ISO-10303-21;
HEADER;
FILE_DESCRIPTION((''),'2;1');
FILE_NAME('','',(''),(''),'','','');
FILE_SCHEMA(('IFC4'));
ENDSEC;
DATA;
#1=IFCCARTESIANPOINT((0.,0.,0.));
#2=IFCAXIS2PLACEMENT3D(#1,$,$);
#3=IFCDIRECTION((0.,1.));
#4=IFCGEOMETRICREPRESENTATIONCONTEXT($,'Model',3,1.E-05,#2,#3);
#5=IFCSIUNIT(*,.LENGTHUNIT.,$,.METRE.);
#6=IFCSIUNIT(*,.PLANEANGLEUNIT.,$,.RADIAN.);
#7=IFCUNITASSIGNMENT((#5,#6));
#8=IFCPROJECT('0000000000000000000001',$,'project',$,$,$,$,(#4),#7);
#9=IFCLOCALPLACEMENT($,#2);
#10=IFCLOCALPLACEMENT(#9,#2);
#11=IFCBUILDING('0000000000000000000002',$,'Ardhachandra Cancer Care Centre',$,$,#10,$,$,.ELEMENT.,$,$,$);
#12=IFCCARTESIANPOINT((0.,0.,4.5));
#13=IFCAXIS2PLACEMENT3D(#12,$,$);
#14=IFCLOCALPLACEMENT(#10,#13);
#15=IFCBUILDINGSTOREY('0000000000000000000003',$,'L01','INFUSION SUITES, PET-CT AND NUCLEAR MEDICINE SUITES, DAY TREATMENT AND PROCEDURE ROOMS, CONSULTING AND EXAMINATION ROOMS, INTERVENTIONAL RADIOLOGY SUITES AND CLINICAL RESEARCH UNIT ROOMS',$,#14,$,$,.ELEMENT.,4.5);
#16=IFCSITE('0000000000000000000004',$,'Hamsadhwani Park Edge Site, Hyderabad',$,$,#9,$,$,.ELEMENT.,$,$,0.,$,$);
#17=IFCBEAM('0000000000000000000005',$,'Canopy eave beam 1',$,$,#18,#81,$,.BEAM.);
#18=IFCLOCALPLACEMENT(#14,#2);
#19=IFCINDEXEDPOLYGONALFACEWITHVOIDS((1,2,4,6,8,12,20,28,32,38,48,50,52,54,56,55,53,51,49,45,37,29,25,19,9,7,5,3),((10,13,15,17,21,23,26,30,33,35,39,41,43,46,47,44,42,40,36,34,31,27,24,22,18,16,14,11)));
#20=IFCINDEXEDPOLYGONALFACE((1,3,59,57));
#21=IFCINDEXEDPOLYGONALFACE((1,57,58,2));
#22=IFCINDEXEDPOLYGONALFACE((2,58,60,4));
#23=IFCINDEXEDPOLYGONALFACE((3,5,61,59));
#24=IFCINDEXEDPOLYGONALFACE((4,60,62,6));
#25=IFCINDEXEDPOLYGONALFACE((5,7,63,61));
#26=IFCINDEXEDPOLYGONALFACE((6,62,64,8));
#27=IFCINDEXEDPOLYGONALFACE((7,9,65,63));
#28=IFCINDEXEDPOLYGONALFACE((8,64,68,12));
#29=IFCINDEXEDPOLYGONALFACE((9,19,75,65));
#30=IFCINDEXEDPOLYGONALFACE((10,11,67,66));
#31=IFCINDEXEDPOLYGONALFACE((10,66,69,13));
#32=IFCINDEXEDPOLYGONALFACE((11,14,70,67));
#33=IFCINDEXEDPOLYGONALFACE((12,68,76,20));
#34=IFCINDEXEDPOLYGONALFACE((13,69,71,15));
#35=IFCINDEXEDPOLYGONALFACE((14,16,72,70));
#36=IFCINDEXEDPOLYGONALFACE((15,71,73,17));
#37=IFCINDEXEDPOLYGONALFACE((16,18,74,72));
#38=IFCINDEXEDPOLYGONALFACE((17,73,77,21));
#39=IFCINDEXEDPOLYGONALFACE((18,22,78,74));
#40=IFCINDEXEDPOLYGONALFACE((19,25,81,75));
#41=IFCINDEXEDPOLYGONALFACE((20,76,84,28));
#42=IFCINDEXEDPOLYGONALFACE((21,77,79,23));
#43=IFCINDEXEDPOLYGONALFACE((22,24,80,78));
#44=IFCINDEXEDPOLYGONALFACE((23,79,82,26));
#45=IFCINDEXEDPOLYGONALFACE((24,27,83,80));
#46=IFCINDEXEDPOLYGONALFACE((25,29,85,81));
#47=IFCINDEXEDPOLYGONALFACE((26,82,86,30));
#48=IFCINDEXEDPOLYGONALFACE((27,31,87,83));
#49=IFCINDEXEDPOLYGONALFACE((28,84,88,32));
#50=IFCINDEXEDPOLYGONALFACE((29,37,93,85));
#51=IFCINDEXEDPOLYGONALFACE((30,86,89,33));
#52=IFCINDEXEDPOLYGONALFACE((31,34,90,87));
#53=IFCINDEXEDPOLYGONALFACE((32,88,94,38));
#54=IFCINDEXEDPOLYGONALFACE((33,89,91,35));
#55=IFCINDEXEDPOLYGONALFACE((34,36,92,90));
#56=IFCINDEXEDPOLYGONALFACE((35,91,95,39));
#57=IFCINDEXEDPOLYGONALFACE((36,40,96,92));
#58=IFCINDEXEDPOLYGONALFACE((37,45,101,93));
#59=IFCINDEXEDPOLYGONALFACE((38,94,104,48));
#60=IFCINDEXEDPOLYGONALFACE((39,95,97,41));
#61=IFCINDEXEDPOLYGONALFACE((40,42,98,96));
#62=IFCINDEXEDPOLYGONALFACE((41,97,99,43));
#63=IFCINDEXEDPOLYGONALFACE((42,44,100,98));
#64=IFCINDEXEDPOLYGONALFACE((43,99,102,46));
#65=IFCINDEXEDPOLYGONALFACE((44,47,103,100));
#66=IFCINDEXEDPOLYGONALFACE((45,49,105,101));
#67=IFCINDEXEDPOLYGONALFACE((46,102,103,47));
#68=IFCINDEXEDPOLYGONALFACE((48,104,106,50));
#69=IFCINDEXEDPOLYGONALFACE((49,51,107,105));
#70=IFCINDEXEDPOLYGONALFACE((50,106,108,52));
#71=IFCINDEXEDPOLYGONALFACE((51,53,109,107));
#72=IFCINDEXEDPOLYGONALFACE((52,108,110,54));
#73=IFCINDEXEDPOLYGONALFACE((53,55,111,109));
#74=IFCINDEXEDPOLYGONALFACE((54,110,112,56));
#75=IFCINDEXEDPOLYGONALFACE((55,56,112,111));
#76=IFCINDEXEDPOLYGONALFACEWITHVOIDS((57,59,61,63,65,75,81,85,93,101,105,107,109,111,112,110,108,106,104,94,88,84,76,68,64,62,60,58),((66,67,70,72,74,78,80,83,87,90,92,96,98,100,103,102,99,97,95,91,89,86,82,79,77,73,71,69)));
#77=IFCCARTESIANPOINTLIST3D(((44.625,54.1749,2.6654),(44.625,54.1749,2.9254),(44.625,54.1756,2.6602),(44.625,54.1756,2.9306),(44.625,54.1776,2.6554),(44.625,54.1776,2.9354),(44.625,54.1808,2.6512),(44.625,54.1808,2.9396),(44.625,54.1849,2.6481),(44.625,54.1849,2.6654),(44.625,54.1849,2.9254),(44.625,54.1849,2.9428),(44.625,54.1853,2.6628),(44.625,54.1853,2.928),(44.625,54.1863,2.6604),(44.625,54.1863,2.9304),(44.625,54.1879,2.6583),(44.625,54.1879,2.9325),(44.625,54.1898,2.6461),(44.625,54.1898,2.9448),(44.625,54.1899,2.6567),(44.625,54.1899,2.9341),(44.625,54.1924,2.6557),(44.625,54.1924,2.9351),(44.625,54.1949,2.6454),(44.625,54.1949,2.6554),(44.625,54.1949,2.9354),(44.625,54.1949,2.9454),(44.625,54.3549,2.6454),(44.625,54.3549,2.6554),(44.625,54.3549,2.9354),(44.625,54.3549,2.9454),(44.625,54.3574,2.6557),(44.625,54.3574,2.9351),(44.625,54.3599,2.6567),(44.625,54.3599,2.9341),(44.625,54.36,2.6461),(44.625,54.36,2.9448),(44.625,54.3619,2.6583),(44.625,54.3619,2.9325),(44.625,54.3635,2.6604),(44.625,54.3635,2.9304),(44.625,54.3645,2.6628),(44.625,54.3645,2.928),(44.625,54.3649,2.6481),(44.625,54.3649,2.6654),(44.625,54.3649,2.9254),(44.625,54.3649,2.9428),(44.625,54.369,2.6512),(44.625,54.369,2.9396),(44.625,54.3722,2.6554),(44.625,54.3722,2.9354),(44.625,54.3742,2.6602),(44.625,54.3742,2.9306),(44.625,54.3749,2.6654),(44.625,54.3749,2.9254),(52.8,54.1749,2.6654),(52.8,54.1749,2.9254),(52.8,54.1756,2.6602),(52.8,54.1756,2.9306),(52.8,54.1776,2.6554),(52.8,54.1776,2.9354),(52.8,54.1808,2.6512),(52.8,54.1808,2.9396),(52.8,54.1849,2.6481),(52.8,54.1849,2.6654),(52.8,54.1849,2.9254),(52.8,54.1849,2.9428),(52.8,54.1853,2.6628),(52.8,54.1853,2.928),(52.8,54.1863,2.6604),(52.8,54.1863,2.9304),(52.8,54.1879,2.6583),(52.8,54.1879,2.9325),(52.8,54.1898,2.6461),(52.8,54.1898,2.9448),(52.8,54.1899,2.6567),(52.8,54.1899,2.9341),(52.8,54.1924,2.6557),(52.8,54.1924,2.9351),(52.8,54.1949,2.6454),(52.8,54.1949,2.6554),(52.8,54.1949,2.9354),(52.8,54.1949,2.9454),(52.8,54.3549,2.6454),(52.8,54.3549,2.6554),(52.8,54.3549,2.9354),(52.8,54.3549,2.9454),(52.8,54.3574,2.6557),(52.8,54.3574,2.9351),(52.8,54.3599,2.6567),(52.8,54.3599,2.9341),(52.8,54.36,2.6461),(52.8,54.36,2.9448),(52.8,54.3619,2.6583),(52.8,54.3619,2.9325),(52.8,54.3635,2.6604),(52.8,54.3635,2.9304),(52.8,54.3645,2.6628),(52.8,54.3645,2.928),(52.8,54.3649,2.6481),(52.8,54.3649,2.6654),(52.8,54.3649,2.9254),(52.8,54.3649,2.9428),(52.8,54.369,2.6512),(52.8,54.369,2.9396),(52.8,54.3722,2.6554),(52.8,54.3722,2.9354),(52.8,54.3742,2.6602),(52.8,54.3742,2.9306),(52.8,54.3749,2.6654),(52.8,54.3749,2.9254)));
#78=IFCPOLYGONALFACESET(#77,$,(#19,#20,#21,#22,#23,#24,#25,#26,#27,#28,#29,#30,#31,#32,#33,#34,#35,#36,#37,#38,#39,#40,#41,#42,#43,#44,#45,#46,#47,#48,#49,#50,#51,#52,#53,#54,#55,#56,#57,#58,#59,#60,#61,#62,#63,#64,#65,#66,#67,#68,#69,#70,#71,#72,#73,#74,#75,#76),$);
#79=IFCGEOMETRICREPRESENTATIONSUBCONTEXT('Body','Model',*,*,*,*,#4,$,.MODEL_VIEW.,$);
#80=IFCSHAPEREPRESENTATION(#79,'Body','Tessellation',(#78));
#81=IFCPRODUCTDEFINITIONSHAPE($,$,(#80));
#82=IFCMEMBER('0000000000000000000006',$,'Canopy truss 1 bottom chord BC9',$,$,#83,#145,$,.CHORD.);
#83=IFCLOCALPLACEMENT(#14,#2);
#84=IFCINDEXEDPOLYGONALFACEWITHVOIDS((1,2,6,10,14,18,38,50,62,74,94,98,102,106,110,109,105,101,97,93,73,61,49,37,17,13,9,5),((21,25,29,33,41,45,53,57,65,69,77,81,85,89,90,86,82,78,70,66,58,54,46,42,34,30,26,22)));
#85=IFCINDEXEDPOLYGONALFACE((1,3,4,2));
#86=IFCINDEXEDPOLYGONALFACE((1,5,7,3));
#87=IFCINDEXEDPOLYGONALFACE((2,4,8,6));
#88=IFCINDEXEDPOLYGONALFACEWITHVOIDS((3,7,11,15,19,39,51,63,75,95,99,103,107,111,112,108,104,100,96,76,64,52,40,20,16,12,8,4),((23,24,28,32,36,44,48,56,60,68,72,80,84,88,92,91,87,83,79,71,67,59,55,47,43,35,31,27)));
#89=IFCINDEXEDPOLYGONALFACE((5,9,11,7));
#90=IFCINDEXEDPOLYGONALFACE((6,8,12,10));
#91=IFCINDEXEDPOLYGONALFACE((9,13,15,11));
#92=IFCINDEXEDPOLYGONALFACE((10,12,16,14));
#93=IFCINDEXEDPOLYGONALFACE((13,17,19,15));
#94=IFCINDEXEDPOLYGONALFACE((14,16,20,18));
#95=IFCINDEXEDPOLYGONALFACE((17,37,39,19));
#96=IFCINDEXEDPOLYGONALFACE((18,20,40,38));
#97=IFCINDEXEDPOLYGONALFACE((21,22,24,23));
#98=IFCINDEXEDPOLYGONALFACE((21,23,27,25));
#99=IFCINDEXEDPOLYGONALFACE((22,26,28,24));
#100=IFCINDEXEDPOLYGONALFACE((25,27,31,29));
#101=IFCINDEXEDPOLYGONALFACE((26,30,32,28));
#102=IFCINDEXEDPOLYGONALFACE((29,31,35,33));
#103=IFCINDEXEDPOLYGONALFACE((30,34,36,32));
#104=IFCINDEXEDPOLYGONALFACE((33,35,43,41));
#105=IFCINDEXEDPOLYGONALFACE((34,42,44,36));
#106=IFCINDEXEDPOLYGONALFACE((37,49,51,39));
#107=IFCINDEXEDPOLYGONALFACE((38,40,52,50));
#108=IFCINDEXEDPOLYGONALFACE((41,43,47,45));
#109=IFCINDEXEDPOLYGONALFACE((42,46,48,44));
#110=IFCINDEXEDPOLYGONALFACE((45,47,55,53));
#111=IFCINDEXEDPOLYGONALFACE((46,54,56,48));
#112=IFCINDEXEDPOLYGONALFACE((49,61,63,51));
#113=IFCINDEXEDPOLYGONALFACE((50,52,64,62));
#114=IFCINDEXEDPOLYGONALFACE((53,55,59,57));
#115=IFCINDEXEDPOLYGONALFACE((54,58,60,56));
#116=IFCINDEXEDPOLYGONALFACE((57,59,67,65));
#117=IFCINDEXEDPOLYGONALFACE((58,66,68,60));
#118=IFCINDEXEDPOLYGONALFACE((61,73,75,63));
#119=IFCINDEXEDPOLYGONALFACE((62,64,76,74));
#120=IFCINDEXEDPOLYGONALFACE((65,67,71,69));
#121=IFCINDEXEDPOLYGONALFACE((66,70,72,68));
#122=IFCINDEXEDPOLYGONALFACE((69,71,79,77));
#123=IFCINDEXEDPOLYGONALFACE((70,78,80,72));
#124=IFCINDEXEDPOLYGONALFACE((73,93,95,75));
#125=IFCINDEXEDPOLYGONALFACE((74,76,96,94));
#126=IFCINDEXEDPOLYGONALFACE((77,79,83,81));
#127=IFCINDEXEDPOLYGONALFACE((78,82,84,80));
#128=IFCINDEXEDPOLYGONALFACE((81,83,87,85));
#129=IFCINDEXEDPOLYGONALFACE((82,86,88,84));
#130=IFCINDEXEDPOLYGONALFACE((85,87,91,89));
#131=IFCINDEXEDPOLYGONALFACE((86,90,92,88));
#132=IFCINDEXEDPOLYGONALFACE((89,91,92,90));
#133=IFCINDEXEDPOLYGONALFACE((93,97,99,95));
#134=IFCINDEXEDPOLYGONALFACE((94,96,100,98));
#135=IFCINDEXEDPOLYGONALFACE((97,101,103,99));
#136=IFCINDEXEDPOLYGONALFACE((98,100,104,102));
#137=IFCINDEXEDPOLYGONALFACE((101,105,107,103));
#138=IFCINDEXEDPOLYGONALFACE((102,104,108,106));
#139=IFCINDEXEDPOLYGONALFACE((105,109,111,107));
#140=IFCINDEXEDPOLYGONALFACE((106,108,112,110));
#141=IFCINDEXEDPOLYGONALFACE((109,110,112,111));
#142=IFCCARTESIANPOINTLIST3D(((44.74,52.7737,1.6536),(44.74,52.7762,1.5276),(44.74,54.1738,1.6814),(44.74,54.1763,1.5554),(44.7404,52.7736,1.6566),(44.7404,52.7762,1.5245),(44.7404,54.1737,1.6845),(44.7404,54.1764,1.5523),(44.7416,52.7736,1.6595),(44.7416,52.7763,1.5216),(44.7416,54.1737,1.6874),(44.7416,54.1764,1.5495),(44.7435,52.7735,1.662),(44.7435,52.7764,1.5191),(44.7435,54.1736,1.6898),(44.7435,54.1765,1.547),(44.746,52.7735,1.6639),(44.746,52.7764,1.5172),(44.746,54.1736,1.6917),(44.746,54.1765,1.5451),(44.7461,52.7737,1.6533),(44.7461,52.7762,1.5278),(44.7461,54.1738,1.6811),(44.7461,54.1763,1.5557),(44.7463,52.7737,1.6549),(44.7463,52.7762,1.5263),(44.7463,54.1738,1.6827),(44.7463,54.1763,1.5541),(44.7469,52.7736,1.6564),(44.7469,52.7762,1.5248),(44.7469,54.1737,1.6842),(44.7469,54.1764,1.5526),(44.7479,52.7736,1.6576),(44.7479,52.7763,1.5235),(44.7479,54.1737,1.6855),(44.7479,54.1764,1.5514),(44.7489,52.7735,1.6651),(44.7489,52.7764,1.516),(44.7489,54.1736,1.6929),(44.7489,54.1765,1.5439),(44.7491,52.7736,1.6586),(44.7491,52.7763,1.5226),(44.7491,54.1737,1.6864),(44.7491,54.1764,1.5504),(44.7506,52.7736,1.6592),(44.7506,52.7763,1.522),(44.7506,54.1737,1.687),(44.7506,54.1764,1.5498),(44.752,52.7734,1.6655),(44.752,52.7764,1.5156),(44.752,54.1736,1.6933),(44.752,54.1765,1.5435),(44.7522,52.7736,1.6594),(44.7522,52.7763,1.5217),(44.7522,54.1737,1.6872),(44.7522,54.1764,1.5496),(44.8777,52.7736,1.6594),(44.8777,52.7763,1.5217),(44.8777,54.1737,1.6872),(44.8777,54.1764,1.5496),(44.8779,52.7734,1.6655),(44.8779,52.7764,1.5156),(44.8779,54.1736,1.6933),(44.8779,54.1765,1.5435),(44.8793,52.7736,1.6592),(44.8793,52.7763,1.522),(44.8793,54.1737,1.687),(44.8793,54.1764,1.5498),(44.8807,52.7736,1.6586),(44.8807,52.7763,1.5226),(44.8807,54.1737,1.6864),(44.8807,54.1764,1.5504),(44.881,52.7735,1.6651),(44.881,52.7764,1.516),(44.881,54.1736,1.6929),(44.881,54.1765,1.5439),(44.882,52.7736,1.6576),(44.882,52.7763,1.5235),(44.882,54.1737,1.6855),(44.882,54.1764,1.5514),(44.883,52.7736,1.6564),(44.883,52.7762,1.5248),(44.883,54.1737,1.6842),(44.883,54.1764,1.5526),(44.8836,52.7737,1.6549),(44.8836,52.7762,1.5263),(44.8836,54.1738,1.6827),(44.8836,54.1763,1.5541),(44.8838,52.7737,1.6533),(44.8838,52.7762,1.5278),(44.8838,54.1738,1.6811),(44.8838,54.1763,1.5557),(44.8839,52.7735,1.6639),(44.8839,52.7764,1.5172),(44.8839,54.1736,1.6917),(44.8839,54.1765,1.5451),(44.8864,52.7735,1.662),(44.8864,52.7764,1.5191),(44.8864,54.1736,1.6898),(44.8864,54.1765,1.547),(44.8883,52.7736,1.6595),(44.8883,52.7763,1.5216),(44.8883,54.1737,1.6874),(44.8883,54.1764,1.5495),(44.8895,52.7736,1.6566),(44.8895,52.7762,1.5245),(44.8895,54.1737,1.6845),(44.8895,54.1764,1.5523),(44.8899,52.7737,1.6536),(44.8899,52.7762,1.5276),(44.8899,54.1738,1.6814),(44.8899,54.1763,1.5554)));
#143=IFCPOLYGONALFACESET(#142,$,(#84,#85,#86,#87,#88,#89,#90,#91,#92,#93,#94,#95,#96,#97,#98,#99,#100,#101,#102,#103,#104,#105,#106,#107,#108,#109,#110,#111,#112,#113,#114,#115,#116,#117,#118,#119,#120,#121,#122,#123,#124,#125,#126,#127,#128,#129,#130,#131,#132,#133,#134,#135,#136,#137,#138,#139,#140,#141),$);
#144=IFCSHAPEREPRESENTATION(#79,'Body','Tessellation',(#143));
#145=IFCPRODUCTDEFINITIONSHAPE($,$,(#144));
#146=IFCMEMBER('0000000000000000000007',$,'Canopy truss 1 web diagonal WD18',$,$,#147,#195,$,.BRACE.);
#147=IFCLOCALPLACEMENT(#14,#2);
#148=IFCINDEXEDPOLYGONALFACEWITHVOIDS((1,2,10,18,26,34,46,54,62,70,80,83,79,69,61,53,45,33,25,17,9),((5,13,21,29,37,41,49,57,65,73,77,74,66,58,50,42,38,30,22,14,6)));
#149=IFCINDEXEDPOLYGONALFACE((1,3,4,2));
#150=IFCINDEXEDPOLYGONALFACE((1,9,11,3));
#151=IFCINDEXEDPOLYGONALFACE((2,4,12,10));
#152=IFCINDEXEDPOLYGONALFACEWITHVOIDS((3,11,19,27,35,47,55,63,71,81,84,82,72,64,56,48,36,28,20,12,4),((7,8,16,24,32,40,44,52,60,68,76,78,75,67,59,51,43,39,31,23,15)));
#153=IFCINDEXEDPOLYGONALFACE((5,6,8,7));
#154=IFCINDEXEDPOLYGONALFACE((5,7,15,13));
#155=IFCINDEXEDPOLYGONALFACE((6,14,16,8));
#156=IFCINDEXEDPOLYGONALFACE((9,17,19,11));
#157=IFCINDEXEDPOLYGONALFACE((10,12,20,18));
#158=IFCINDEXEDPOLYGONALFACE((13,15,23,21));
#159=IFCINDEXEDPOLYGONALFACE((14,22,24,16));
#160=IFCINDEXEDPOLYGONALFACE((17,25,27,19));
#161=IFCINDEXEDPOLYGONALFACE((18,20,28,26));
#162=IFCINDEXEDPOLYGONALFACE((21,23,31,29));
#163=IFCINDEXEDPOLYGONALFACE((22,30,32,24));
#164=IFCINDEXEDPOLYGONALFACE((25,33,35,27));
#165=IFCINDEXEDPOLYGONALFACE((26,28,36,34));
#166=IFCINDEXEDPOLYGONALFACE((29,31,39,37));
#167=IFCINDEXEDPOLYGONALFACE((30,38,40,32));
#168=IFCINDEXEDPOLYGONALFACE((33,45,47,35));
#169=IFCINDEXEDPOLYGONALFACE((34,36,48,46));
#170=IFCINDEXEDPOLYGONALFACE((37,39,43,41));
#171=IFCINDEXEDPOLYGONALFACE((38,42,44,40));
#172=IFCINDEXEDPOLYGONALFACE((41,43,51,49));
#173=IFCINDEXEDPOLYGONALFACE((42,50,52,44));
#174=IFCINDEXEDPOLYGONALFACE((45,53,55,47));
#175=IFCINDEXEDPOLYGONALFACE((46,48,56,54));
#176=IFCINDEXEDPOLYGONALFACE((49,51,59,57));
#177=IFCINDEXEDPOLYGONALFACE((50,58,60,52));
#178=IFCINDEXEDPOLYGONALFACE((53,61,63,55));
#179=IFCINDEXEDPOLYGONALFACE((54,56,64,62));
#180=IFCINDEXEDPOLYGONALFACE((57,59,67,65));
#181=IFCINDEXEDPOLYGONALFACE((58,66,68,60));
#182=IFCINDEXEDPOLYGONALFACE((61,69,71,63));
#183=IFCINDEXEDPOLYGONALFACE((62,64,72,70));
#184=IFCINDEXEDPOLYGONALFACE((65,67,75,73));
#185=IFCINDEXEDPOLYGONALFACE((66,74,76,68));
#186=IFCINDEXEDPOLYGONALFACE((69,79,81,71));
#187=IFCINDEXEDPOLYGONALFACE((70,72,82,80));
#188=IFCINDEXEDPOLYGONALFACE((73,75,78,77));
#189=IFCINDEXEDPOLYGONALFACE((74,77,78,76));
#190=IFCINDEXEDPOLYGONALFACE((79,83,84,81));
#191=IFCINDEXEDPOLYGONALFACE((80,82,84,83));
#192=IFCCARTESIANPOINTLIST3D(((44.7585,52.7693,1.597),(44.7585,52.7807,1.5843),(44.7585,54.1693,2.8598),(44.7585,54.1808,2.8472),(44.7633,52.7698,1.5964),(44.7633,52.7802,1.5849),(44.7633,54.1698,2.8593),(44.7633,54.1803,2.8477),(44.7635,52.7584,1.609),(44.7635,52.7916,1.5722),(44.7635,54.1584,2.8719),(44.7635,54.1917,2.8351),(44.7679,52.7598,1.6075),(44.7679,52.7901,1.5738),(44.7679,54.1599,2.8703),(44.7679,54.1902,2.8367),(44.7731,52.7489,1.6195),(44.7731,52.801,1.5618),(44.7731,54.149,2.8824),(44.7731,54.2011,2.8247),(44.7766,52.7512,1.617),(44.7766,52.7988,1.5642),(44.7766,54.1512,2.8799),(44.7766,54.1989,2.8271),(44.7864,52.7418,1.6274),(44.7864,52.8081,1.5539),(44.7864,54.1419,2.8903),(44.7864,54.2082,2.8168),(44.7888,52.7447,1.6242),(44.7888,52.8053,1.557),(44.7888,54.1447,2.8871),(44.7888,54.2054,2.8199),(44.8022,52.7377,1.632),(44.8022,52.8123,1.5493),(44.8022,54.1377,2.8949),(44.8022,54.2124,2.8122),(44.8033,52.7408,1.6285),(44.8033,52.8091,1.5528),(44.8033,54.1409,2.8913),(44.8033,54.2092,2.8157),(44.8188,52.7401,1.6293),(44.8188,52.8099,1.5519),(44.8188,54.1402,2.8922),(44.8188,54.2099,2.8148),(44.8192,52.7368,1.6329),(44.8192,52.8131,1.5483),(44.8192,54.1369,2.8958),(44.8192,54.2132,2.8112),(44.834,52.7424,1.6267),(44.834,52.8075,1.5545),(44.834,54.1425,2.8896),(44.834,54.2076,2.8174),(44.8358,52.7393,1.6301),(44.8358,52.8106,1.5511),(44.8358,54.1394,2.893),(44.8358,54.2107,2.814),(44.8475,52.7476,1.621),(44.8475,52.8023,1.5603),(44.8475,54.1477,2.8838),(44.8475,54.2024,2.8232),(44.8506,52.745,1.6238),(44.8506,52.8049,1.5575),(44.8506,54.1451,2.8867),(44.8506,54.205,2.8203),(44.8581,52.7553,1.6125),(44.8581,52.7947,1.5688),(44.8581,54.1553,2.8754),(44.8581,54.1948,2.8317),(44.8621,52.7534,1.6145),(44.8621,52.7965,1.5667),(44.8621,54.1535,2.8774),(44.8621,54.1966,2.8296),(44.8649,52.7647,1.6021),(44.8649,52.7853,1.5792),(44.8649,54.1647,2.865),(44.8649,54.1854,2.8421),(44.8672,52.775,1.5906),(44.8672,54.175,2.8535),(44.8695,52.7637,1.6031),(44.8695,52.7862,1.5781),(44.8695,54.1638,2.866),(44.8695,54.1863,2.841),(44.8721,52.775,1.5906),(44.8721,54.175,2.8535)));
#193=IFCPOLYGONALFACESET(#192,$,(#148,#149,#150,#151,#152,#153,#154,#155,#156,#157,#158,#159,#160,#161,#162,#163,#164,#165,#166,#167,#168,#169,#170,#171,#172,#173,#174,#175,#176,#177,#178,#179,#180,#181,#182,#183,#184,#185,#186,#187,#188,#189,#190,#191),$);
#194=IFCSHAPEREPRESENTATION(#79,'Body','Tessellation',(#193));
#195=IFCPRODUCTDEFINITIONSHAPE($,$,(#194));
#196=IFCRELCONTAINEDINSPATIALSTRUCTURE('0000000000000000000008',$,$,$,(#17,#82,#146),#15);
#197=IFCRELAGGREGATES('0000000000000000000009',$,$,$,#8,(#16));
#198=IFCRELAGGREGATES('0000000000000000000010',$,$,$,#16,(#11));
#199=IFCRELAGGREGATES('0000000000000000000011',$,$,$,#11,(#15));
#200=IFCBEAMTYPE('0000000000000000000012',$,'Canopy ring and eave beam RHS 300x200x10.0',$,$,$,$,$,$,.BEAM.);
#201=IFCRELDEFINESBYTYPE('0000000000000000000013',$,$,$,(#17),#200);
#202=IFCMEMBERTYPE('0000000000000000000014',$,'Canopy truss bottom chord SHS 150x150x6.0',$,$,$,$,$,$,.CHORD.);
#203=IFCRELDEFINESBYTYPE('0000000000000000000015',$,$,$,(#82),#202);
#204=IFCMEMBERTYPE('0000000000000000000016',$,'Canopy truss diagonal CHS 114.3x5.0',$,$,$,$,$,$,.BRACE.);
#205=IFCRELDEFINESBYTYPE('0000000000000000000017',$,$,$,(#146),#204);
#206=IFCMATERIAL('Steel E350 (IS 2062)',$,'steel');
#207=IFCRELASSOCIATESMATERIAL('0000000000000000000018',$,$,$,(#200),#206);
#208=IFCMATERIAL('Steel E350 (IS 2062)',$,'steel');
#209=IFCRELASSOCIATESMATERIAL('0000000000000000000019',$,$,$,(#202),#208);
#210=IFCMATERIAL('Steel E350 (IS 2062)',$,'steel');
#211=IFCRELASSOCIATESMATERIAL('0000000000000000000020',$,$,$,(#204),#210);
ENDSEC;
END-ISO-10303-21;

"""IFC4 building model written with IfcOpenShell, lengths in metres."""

from ifc_helpers import new_model, si_unit, direction, frame, origin, origin_2d, place, context, subcontext, project, spatial, hollow_rectangle, hollow_circle, extrude, material, material_profile, profile_set, type_object, element, save


model = new_model("IFC4")

# Units and contexts
model_context = context("Model", 3, precision=1e-05, world=origin(), true_north=direction((0.0, 1.0)))
body_context = subcontext(model_context, "Body", "Model", "MODEL_VIEW")
ifc_project = project(units=[si_unit("LENGTHUNIT", "METRE"), si_unit("PLANEANGLEUNIT", "RADIAN")], contexts=[model_context])

# Site, building, storey
site_placement = place(None, origin())
site = spatial("IfcSite", under=ifc_project, at=site_placement, Name="Hamsadhwani Park Edge Site, Hyderabad", CompositionType="ELEMENT", RefElevation=0.0)
building_placement = place(site_placement, origin())
building = spatial("IfcBuilding", under=site, at=building_placement, Name="Ardhachandra Cancer Care Centre", CompositionType="ELEMENT")
storey_placement = place(building_placement, frame((0.0, 0.0, 4.5)))
storey = spatial("IfcBuildingStorey", under=building, at=storey_placement, Name="L01", Description="INFUSION SUITES, PET-CT AND NUCLEAR MEDICINE SUITES, DAY TREATMENT AND PROCEDURE ROOMS, CONSULTING AND EXAMINATION ROOMS, INTERVENTIONAL RADIOLOGY SUITES AND CLINICAL RESEARCH UNIT ROOMS", CompositionType="ELEMENT", Elevation=4.5)

# Beam
ifc_material_1 = material(Name="Steel E350 (IS 2062)", Category="steel")
ifc_material_profile_1 = material_profile(ifc_material_1, hollow_rectangle(XDim=0.2, YDim=0.3, WallThickness=0.01, InnerFilletRadius=0.01, OuterFilletRadius=0.02, at=origin_2d()), Name="RHS 300x200x10.0")
ifc_profile_set_1 = profile_set([ifc_material_profile_1], Name="Steel E350 (IS 2062)")
beam_type = type_object("IfcBeamType", Name="Canopy ring and eave beam RHS 300x200x10.0", PredefinedType="BEAM", material=ifc_profile_set_1)
beam_placement = place(storey_placement, frame((44.625, 54.2749, 2.7954), z_axis=(1.0, 0.0, 0.0), x_axis=(0.0, 1.0, 0.0)))
element("IfcBeam", 1, at=beam_placement, inside=storey, type_object=beam_type, Name="Canopy eave beam 1", PredefinedType="BEAM", context=body_context, shape_type="SweptSolid", body=[
    extrude(hollow_rectangle(XDim=0.2, YDim=0.3, WallThickness=0.01, InnerFilletRadius=0.01, OuterFilletRadius=0.02, at=origin_2d()), origin(), (0.0, 0.0, 1.0), 8.175),
])

# Members
ifc_material_2 = material(Name="Steel E350 (IS 2062)", Category="steel")
ifc_material_profile_2 = material_profile(ifc_material_2, hollow_rectangle(XDim=0.1499, YDim=0.1499, WallThickness=0.0061, InnerFilletRadius=0.0061, OuterFilletRadius=0.012, at=origin_2d()), Name="SHS 150x150x6.0")
ifc_profile_set_2 = profile_set([ifc_material_profile_2], Name="Steel E350 (IS 2062)")
member_type_1 = type_object("IfcMemberType", Name="Canopy truss bottom chord SHS 150x150x6.0", PredefinedType="CHORD", material=ifc_profile_set_2)
member_1_placement = place(storey_placement, frame((44.8149, 54.175, 1.6184), z_axis=(0.0, -0.999802, -0.019874), x_axis=(1.0, 0.0, 0.0)))
element("IfcMember", 2, at=member_1_placement, inside=storey, type_object=member_type_1, Name="Canopy truss 1 bottom chord BC9", PredefinedType="CHORD", context=body_context, shape_type="SweptSolid", body=[
    extrude(hollow_rectangle(XDim=0.1499, YDim=0.1499, WallThickness=0.0061, InnerFilletRadius=0.0061, OuterFilletRadius=0.012, at=origin_2d()), origin(), (0.0, 0.0, 1.0), 1.4004),
])
ifc_material_3 = material(Name="Steel E350 (IS 2062)", Category="steel")
ifc_material_profile_3 = material_profile(ifc_material_3, hollow_circle(Radius=0.0571, WallThickness=0.0049, at=origin_2d()), Name="CHS 114.3x5.0")
ifc_profile_set_3 = profile_set([ifc_material_profile_3], Name="Steel E350 (IS 2062)")
member_type_2 = type_object("IfcMemberType", Name="Canopy truss diagonal CHS 114.3x5.0", PredefinedType="BRACE", material=ifc_profile_set_3)
member_2_placement = place(storey_placement, frame((44.8149, 54.175, 2.8535), z_axis=(0.0, -0.742553, -0.669787), x_axis=(1.0, 0.0, 0.0)))
element("IfcMember", 3, at=member_2_placement, inside=storey, type_object=member_type_2, Name="Canopy truss 1 web diagonal WD18", PredefinedType="BRACE", context=body_context, shape_type="SweptSolid", body=[
    extrude(hollow_circle(Radius=0.0571, WallThickness=0.0049, at=origin_2d()), origin(), (0.0, 0.0, 1.0), 1.8855),
])

save(model, "model.ifc")
